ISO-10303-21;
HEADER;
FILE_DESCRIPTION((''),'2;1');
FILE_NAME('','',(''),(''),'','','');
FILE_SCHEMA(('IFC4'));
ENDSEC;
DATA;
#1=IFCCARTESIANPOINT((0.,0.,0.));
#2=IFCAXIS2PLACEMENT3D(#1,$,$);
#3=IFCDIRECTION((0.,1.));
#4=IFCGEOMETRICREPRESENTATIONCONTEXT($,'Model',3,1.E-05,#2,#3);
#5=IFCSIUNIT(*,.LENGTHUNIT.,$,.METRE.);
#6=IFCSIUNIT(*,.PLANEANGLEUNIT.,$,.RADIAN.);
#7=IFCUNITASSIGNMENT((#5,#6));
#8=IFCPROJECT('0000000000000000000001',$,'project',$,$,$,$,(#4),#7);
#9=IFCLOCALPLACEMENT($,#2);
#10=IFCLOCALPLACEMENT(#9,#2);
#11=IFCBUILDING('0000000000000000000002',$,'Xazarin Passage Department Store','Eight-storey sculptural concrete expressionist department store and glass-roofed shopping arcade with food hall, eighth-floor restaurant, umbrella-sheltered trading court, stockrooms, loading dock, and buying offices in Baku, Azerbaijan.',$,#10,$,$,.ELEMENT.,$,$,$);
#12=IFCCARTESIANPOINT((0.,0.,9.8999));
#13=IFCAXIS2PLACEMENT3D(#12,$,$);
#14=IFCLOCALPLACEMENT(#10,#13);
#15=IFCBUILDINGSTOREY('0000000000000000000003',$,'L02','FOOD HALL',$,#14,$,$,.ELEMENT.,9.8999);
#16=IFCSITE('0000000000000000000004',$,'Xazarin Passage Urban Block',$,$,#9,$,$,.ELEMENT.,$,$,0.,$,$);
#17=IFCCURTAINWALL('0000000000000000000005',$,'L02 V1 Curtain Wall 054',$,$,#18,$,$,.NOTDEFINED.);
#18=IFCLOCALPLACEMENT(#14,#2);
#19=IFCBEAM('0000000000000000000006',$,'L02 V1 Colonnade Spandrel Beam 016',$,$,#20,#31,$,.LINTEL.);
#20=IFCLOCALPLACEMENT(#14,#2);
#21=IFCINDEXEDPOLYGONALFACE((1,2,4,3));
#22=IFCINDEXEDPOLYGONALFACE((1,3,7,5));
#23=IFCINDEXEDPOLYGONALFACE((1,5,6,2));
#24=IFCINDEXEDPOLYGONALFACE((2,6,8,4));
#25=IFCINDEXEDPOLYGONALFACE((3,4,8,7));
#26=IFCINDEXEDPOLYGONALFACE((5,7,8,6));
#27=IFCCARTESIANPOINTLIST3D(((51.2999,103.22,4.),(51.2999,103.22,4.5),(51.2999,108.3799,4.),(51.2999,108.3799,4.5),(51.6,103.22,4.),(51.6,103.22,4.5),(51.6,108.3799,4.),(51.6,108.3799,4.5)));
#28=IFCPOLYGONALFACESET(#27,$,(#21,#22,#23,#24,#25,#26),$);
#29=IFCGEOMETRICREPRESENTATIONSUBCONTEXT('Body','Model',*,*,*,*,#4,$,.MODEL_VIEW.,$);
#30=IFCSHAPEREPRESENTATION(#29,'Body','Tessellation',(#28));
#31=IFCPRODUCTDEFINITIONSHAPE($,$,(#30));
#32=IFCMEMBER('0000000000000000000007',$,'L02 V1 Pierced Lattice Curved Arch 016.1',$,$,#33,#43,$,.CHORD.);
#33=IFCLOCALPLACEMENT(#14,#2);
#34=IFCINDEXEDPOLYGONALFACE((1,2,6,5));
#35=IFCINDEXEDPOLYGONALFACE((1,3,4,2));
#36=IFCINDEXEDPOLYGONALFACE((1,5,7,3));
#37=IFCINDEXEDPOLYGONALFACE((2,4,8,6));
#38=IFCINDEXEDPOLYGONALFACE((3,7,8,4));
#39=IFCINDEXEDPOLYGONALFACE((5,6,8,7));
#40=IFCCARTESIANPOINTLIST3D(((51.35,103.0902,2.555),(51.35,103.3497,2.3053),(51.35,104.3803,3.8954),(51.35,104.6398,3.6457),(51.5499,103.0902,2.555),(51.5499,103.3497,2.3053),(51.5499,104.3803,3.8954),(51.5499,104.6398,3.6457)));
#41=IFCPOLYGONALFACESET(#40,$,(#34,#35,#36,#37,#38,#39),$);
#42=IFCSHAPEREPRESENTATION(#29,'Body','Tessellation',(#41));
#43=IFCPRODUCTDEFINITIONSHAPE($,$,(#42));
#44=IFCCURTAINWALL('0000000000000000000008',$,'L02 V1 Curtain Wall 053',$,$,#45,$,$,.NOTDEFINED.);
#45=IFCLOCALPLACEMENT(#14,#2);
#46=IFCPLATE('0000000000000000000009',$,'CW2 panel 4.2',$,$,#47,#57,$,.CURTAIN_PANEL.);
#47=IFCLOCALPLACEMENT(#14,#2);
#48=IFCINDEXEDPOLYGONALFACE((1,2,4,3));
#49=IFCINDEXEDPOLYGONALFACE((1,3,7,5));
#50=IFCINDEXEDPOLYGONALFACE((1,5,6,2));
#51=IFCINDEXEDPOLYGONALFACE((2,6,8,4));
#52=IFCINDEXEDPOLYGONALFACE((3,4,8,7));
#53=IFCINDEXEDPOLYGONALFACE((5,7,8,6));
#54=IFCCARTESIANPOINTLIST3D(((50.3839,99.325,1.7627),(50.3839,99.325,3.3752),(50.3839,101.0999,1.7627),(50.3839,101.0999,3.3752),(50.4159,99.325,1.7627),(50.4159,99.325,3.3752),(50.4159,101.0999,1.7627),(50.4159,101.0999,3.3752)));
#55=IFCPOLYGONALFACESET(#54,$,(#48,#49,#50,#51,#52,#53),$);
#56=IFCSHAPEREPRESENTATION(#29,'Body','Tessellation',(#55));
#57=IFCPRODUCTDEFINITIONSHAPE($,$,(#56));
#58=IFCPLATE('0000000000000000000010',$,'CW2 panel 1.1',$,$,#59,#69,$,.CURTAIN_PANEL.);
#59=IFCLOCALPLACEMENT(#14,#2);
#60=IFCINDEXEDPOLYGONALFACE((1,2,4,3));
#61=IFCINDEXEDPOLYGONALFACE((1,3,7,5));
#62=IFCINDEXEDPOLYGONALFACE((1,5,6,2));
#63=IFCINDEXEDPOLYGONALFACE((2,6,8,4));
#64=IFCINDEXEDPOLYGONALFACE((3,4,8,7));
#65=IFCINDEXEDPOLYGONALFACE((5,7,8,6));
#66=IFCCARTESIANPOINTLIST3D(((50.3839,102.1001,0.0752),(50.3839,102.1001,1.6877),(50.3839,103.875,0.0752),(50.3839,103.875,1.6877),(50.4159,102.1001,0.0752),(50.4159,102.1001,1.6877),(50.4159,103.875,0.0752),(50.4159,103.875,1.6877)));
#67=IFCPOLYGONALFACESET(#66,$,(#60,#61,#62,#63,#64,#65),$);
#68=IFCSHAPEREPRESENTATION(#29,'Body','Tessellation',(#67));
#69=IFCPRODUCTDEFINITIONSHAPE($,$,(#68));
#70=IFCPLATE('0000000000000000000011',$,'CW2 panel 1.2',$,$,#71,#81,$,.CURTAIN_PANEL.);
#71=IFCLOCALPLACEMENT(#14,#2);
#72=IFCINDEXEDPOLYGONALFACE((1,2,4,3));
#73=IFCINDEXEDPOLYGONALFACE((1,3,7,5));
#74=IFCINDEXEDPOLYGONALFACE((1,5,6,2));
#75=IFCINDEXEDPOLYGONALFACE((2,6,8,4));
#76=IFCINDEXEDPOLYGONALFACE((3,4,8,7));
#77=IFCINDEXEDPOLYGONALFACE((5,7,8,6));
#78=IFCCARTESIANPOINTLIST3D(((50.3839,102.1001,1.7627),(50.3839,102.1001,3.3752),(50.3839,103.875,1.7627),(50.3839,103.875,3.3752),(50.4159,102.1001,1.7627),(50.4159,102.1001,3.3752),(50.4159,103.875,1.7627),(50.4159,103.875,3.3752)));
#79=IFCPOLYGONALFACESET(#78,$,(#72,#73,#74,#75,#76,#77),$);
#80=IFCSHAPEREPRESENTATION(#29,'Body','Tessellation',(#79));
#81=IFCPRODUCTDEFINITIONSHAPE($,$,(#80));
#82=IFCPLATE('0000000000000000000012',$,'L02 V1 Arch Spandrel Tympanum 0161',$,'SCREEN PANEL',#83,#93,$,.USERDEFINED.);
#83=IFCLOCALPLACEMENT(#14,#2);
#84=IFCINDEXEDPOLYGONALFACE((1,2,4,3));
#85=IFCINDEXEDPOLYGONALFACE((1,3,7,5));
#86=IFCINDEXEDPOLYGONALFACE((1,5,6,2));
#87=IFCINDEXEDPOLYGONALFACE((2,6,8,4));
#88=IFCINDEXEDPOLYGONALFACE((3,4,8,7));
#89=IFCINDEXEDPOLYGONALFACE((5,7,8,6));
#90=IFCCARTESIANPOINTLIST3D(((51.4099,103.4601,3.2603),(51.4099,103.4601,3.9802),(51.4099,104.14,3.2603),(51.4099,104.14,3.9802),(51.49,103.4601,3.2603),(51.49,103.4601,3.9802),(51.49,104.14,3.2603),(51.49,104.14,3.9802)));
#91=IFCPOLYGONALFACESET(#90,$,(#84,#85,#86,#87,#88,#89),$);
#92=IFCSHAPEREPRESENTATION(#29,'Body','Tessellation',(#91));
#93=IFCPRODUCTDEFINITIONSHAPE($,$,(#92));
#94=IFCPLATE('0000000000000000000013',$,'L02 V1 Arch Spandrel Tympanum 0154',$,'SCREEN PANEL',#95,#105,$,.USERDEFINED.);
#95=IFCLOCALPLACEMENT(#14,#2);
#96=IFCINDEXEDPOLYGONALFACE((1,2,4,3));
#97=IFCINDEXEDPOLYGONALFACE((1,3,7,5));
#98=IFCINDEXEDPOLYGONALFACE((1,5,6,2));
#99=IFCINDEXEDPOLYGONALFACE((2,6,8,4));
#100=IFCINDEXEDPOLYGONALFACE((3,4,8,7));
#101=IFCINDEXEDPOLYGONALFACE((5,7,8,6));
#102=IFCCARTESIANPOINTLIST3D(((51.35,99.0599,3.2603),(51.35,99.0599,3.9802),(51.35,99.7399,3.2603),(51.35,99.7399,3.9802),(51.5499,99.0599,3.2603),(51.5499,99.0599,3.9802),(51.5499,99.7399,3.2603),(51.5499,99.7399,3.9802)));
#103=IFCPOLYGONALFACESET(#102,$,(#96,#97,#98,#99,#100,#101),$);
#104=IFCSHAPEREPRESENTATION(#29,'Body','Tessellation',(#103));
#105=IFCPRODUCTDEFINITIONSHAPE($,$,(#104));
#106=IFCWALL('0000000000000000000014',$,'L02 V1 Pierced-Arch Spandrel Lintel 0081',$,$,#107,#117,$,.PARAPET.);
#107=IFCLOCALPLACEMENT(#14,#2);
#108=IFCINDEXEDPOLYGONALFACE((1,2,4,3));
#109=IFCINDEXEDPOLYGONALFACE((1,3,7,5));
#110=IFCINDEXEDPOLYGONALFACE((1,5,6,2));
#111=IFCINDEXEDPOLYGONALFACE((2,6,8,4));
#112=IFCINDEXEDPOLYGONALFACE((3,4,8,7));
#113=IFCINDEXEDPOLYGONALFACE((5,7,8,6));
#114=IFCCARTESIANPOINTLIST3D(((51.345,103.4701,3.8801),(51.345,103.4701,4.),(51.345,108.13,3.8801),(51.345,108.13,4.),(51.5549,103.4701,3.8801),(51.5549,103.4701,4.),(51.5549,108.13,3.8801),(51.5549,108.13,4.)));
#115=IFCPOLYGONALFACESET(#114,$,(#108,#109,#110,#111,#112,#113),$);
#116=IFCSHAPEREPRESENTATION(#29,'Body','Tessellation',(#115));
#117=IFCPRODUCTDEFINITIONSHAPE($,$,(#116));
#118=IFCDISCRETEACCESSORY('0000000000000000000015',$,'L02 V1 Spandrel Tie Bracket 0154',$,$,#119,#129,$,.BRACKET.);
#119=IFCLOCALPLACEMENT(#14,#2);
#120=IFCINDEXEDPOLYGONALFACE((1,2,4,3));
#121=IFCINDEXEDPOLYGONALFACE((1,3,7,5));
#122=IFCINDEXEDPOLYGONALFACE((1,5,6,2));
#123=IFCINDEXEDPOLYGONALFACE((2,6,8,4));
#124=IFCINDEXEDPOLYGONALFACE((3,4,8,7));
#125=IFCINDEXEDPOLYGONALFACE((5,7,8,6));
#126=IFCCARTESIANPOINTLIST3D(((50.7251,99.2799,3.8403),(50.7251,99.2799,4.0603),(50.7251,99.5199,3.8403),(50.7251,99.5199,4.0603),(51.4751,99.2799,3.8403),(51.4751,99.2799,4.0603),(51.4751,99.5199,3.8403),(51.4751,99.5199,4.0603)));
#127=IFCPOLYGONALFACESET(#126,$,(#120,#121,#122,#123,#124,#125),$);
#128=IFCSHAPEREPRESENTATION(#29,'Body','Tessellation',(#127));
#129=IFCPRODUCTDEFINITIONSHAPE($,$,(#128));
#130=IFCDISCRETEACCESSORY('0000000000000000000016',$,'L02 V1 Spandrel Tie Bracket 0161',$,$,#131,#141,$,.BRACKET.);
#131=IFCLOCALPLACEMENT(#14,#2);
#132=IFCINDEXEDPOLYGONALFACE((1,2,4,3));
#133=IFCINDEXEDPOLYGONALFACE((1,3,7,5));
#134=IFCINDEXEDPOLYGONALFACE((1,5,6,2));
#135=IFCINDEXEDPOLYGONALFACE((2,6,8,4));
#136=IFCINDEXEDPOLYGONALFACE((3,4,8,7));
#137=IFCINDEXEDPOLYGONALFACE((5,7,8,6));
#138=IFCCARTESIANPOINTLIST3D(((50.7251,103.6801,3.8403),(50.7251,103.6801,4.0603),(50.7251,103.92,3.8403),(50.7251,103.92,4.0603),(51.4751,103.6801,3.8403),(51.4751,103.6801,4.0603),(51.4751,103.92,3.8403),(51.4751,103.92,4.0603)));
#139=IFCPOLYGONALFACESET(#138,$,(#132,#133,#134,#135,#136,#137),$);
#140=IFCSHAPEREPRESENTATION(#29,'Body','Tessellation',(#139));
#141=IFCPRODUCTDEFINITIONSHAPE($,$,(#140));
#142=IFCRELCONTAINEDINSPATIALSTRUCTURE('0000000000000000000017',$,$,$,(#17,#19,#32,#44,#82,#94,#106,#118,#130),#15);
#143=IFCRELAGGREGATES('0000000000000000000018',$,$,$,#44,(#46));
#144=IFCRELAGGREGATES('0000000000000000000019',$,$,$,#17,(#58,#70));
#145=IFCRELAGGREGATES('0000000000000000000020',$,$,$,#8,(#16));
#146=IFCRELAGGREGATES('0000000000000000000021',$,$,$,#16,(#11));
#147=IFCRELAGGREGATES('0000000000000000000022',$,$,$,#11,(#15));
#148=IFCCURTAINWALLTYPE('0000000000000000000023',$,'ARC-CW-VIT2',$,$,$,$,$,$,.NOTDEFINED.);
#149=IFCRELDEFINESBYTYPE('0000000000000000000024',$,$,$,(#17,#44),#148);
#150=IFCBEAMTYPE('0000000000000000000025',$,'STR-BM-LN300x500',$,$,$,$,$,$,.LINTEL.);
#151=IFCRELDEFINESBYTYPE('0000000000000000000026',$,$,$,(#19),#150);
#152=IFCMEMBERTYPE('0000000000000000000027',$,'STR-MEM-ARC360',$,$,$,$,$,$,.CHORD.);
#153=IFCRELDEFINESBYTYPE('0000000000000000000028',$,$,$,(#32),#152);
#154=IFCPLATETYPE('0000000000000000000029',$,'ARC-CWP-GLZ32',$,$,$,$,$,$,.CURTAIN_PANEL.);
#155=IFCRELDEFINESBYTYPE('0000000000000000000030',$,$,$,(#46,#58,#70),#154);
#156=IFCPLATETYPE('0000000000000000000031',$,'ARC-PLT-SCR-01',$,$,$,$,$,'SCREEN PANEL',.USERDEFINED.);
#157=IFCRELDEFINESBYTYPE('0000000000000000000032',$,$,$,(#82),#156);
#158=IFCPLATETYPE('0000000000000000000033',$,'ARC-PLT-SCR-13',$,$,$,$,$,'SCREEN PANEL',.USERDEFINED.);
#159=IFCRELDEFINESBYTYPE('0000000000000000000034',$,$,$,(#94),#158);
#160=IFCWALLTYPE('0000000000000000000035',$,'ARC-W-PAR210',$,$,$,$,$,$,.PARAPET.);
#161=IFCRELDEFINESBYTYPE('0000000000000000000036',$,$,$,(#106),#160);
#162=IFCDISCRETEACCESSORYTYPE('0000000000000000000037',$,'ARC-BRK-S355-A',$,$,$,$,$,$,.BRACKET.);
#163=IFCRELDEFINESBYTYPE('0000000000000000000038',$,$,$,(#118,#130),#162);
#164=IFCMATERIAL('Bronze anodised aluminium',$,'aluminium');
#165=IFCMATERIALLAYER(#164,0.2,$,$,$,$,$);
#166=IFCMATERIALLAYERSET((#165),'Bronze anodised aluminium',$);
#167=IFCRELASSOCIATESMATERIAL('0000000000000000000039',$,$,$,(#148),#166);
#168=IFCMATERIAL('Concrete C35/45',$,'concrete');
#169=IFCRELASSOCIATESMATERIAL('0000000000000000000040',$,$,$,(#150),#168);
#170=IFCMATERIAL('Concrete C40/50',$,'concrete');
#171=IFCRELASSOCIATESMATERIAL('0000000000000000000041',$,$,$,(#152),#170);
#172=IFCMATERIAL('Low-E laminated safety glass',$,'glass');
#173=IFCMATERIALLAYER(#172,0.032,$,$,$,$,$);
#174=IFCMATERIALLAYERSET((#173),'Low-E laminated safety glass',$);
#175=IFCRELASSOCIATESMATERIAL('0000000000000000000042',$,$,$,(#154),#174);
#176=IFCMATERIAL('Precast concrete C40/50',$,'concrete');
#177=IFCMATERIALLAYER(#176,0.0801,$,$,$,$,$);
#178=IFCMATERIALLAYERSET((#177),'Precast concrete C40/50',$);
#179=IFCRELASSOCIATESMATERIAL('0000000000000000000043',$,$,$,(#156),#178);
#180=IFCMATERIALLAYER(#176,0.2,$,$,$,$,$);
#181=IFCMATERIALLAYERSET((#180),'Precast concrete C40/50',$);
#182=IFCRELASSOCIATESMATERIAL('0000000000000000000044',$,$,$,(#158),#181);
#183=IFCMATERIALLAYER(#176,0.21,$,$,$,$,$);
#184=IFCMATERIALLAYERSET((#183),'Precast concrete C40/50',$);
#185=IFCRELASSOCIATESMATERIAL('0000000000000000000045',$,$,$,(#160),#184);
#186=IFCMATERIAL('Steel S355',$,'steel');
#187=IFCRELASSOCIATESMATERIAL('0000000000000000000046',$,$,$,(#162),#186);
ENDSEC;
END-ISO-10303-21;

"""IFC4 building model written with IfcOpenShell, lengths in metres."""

from ifc_helpers import new_model, si_unit, direction, frame, frame_2d, origin, origin_2d, place, context, subcontext, project, spatial, rectangle, extrude, material, layer, layer_set, material_profile, profile_set, type_object, element, aggregate, save


model = new_model("IFC4")

# Units and contexts
model_context = context("Model", 3, precision=1e-05, world=origin(), true_north=direction((0.0, 1.0)))
body_context = subcontext(model_context, "Body", "Model", "MODEL_VIEW")
ifc_project = project(units=[si_unit("LENGTHUNIT", "METRE"), si_unit("PLANEANGLEUNIT", "RADIAN")], contexts=[model_context])

# Site, building, storey
site_placement = place(None, origin())
site = spatial("IfcSite", under=ifc_project, at=site_placement, Name="Xazarin Passage Urban Block", CompositionType="ELEMENT", RefElevation=0.0)
building_placement = place(site_placement, origin())
building = spatial("IfcBuilding", under=site, at=building_placement, Name="Xazarin Passage Department Store", Description="Eight-storey sculptural concrete expressionist department store and glass-roofed shopping arcade with food hall, eighth-floor restaurant, umbrella-sheltered trading court, stockrooms, loading dock, and buying offices in Baku, Azerbaijan.", CompositionType="ELEMENT")
storey_placement = place(building_placement, frame((0.0, 0.0, 9.8999)))
storey = spatial("IfcBuildingStorey", under=building, at=storey_placement, Name="L02", Description="FOOD HALL", CompositionType="ELEMENT", Elevation=9.8999)

# Shared definitions
ifc_material_1 = material(Name="Concrete C40/50", Category="concrete")

# Curtain wall
ifc_material_2 = material(Name="Bronze anodised aluminium", Category="aluminium")
ifc_layer_1 = layer(ifc_material_2, 0.2)
ifc_layer_set_1 = layer_set([ifc_layer_1], Name="Bronze anodised aluminium")
curtain_wall_type = type_object("IfcCurtainWallType", Name="ARC-CW-VIT2", PredefinedType="NOTDEFINED", material=ifc_layer_set_1)
curtain_wall_1_placement = place(storey_placement, origin())
curtain_wall_1 = element("IfcCurtainWall", 1, at=curtain_wall_1_placement, inside=storey, type_object=curtain_wall_type, Name="L02 V1 Curtain Wall 054", PredefinedType="NOTDEFINED")

# Beam
ifc_material_3 = material(Name="Concrete C35/45", Category="concrete")
ifc_material_profile_1 = material_profile(ifc_material_3, rectangle(XDim=0.3, YDim=0.5, at=origin_2d()), Name="RC 300x500")
ifc_profile_set_1 = profile_set([ifc_material_profile_1], Name="Concrete C35/45")
beam_type = type_object("IfcBeamType", Name="STR-BM-LN300x500", PredefinedType="LINTEL", material=ifc_profile_set_1)
beam_placement = place(storey_placement, frame((51.45, 103.22, 4.25), z_axis=(0.0, 1.0, 0.0), x_axis=(-1.0, 0.0, 0.0)))
element("IfcBeam", 2, at=beam_placement, inside=storey, type_object=beam_type, Name="L02 V1 Colonnade Spandrel Beam 016", PredefinedType="LINTEL", context=body_context, shape_type="SweptSolid", body=[
    extrude(rectangle(XDim=0.3, YDim=0.5, at=origin_2d()), origin(), (0.0, 0.0, 1.0), 5.1599),
])

# Member
ifc_material_profile_2 = material_profile(ifc_material_1, rectangle(XDim=0.2, YDim=0.3601, at=origin_2d()), Name="RC 200x360")
ifc_profile_set_2 = profile_set([ifc_material_profile_2], Name="Concrete C40/50")
member_type_1 = type_object("IfcMemberType", Name="STR-MEM-ARC360", PredefinedType="CHORD", material=ifc_profile_set_2)
member_1_placement = place(storey_placement, frame((51.45, 103.22, 2.4302), z_axis=(0.0, 0.69346, 0.720495), x_axis=(-1.0, 0.0, 0.0)))
element("IfcMember", 3, at=member_1_placement, inside=storey, type_object=member_type_1, Name="L02 V1 Pierced Lattice Curved Arch 016.1", PredefinedType="CHORD", context=body_context, shape_type="SweptSolid", body=[
    extrude(rectangle(XDim=0.2, YDim=0.3601, at=origin_2d()), origin(), (0.0, 0.0, 1.0), 1.8604),
])

# Curtain wall, plate
curtain_wall_2_placement = place(storey_placement, origin())
curtain_wall_2 = element("IfcCurtainWall", 4, at=curtain_wall_2_placement, inside=storey, type_object=curtain_wall_type, Name="L02 V1 Curtain Wall 053", PredefinedType="NOTDEFINED")
ifc_material_4 = material(Name="Low-E laminated safety glass", Category="glass")
ifc_layer_2 = layer(ifc_material_4, 0.032)
ifc_layer_set_2 = layer_set([ifc_layer_2], Name="Low-E laminated safety glass")
plate_type_1 = type_object("IfcPlateType", Name="ARC-CWP-GLZ32", PredefinedType="CURTAIN_PANEL", material=ifc_layer_set_2)
plate_1_placement = place(storey_placement, frame((50.3999, 100.2124, 1.7627), z_axis=(0.0, 0.0, 1.0), x_axis=(0.0, 1.0, 0.0)))
plate_1 = element("IfcPlate", 5, at=plate_1_placement, type_object=plate_type_1, Name="CW2 panel 4.2", PredefinedType="CURTAIN_PANEL", context=body_context, shape_type="SweptSolid", body=[
    extrude(rectangle(XDim=1.7749, YDim=0.032, at=origin_2d()), origin(), (0.0, 0.0, 1.0), 1.6125),
])
aggregate(curtain_wall_2, [plate_1])

# Plates
plate_2_placement = place(storey_placement, frame((50.3999, 102.9875, 0.0752), z_axis=(0.0, 0.0, 1.0), x_axis=(0.0, 1.0, 0.0)))
plate_2 = element("IfcPlate", 6, at=plate_2_placement, type_object=plate_type_1, Name="CW2 panel 1.1", PredefinedType="CURTAIN_PANEL", context=body_context, shape_type="SweptSolid", body=[
    extrude(rectangle(XDim=1.7749, YDim=0.032, at=origin_2d()), origin(), (0.0, 0.0, 1.0), 1.6125),
])
plate_3_placement = place(storey_placement, frame((50.3999, 102.9875, 1.7627), z_axis=(0.0, 0.0, 1.0), x_axis=(0.0, 1.0, 0.0)))
plate_3 = element("IfcPlate", 7, at=plate_3_placement, type_object=plate_type_1, Name="CW2 panel 1.2", PredefinedType="CURTAIN_PANEL", context=body_context, shape_type="SweptSolid", body=[
    extrude(rectangle(XDim=1.7749, YDim=0.032, at=origin_2d()), origin(), (0.0, 0.0, 1.0), 1.6125),
])
aggregate(curtain_wall_1, [plate_2, plate_3])

# Plates
ifc_material_5 = material(Name="Precast concrete C40/50", Category="concrete")
ifc_layer_3 = layer(ifc_material_5, 0.0801)
ifc_layer_set_3 = layer_set([ifc_layer_3], Name="Precast concrete C40/50")
plate_type_2 = type_object("IfcPlateType", Name="ARC-PLT-SCR-01", ElementType="SCREEN PANEL", PredefinedType="USERDEFINED", material=ifc_layer_set_3)
plate_4_placement = place(storey_placement, frame((51.45, 103.8, 3.2603), z_axis=(0.0, 0.0, 1.0), x_axis=(0.0, 1.0, 0.0)))
element("IfcPlate", 8, at=plate_4_placement, inside=storey, type_object=plate_type_2, Name="L02 V1 Arch Spandrel Tympanum 0161", ObjectType="SCREEN PANEL", PredefinedType="USERDEFINED", context=body_context, shape_type="SweptSolid", body=[
    extrude(rectangle(XDim=0.6799, YDim=0.0801, at=origin_2d()), origin(), (0.0, 0.0, 1.0), 0.72),
])
ifc_layer_4 = layer(ifc_material_5, 0.2)
ifc_layer_set_4 = layer_set([ifc_layer_4], Name="Precast concrete C40/50")
plate_type_3 = type_object("IfcPlateType", Name="ARC-PLT-SCR-13", ElementType="SCREEN PANEL", PredefinedType="USERDEFINED", material=ifc_layer_set_4)
plate_5_placement = place(storey_placement, frame((51.45, 99.3999, 3.2603), z_axis=(0.0, 0.0, 1.0), x_axis=(0.0, 1.0, 0.0)))
element("IfcPlate", 9, at=plate_5_placement, inside=storey, type_object=plate_type_3, Name="L02 V1 Arch Spandrel Tympanum 0154", ObjectType="SCREEN PANEL", PredefinedType="USERDEFINED", context=body_context, shape_type="SweptSolid", body=[
    extrude(rectangle(XDim=0.6799, YDim=0.2, at=origin_2d()), origin(), (0.0, 0.0, 1.0), 0.72),
])

# Wall
ifc_layer_5 = layer(ifc_material_5, 0.21)
ifc_layer_set_5 = layer_set([ifc_layer_5], Name="Precast concrete C40/50")
wall_type = type_object("IfcWallType", Name="ARC-W-PAR210", PredefinedType="PARAPET", material=ifc_layer_set_5)
wall_placement = place(storey_placement, frame((51.45, 103.47, 3.8801), z_axis=(0.0, 0.0, 1.0), x_axis=(0.0, 1.0, 0.0)))
element("IfcWall", 10, at=wall_placement, inside=storey, type_object=wall_type, Name="L02 V1 Pierced-Arch Spandrel Lintel 0081", PredefinedType="PARAPET", context=body_context, shape_type="SweptSolid", body=[
    extrude(rectangle(XDim=4.6599, YDim=0.21, at=frame_2d((2.3301, 0.0))), origin(), (0.0, 0.0, 1.0), 0.1199),
])

# Discrete accessories
ifc_material_6 = material(Name="Steel S355", Category="steel")
discrete_accessory_type = type_object("IfcDiscreteAccessoryType", Name="ARC-BRK-S355-A", PredefinedType="BRACKET", material=ifc_material_6)
for number, where, z_axis, x_axis, name in (
    (11, (51.1001, 99.3999, 3.8403), (0.0, 0.0, 1.0), (0.0, 1.0, 0.0), "L02 V1 Spandrel Tie Bracket 0154"),
    (12, (51.1001, 103.8, 3.8403), (0.0, 0.0, 1.0), (0.0, 1.0, 0.0), "L02 V1 Spandrel Tie Bracket 0161"),
):
    element("IfcDiscreteAccessory", number, at=place(storey_placement, frame(where, z_axis=z_axis, x_axis=x_axis)), inside=storey, type_object=discrete_accessory_type, Name=name, PredefinedType="BRACKET", context=body_context, shape_type="SweptSolid", body=[
        extrude(rectangle(XDim=0.24, YDim=0.75, at=origin_2d()), origin(), (0.0, 0.0, 1.0), 0.22),
    ])

save(model, "model.ifc")
